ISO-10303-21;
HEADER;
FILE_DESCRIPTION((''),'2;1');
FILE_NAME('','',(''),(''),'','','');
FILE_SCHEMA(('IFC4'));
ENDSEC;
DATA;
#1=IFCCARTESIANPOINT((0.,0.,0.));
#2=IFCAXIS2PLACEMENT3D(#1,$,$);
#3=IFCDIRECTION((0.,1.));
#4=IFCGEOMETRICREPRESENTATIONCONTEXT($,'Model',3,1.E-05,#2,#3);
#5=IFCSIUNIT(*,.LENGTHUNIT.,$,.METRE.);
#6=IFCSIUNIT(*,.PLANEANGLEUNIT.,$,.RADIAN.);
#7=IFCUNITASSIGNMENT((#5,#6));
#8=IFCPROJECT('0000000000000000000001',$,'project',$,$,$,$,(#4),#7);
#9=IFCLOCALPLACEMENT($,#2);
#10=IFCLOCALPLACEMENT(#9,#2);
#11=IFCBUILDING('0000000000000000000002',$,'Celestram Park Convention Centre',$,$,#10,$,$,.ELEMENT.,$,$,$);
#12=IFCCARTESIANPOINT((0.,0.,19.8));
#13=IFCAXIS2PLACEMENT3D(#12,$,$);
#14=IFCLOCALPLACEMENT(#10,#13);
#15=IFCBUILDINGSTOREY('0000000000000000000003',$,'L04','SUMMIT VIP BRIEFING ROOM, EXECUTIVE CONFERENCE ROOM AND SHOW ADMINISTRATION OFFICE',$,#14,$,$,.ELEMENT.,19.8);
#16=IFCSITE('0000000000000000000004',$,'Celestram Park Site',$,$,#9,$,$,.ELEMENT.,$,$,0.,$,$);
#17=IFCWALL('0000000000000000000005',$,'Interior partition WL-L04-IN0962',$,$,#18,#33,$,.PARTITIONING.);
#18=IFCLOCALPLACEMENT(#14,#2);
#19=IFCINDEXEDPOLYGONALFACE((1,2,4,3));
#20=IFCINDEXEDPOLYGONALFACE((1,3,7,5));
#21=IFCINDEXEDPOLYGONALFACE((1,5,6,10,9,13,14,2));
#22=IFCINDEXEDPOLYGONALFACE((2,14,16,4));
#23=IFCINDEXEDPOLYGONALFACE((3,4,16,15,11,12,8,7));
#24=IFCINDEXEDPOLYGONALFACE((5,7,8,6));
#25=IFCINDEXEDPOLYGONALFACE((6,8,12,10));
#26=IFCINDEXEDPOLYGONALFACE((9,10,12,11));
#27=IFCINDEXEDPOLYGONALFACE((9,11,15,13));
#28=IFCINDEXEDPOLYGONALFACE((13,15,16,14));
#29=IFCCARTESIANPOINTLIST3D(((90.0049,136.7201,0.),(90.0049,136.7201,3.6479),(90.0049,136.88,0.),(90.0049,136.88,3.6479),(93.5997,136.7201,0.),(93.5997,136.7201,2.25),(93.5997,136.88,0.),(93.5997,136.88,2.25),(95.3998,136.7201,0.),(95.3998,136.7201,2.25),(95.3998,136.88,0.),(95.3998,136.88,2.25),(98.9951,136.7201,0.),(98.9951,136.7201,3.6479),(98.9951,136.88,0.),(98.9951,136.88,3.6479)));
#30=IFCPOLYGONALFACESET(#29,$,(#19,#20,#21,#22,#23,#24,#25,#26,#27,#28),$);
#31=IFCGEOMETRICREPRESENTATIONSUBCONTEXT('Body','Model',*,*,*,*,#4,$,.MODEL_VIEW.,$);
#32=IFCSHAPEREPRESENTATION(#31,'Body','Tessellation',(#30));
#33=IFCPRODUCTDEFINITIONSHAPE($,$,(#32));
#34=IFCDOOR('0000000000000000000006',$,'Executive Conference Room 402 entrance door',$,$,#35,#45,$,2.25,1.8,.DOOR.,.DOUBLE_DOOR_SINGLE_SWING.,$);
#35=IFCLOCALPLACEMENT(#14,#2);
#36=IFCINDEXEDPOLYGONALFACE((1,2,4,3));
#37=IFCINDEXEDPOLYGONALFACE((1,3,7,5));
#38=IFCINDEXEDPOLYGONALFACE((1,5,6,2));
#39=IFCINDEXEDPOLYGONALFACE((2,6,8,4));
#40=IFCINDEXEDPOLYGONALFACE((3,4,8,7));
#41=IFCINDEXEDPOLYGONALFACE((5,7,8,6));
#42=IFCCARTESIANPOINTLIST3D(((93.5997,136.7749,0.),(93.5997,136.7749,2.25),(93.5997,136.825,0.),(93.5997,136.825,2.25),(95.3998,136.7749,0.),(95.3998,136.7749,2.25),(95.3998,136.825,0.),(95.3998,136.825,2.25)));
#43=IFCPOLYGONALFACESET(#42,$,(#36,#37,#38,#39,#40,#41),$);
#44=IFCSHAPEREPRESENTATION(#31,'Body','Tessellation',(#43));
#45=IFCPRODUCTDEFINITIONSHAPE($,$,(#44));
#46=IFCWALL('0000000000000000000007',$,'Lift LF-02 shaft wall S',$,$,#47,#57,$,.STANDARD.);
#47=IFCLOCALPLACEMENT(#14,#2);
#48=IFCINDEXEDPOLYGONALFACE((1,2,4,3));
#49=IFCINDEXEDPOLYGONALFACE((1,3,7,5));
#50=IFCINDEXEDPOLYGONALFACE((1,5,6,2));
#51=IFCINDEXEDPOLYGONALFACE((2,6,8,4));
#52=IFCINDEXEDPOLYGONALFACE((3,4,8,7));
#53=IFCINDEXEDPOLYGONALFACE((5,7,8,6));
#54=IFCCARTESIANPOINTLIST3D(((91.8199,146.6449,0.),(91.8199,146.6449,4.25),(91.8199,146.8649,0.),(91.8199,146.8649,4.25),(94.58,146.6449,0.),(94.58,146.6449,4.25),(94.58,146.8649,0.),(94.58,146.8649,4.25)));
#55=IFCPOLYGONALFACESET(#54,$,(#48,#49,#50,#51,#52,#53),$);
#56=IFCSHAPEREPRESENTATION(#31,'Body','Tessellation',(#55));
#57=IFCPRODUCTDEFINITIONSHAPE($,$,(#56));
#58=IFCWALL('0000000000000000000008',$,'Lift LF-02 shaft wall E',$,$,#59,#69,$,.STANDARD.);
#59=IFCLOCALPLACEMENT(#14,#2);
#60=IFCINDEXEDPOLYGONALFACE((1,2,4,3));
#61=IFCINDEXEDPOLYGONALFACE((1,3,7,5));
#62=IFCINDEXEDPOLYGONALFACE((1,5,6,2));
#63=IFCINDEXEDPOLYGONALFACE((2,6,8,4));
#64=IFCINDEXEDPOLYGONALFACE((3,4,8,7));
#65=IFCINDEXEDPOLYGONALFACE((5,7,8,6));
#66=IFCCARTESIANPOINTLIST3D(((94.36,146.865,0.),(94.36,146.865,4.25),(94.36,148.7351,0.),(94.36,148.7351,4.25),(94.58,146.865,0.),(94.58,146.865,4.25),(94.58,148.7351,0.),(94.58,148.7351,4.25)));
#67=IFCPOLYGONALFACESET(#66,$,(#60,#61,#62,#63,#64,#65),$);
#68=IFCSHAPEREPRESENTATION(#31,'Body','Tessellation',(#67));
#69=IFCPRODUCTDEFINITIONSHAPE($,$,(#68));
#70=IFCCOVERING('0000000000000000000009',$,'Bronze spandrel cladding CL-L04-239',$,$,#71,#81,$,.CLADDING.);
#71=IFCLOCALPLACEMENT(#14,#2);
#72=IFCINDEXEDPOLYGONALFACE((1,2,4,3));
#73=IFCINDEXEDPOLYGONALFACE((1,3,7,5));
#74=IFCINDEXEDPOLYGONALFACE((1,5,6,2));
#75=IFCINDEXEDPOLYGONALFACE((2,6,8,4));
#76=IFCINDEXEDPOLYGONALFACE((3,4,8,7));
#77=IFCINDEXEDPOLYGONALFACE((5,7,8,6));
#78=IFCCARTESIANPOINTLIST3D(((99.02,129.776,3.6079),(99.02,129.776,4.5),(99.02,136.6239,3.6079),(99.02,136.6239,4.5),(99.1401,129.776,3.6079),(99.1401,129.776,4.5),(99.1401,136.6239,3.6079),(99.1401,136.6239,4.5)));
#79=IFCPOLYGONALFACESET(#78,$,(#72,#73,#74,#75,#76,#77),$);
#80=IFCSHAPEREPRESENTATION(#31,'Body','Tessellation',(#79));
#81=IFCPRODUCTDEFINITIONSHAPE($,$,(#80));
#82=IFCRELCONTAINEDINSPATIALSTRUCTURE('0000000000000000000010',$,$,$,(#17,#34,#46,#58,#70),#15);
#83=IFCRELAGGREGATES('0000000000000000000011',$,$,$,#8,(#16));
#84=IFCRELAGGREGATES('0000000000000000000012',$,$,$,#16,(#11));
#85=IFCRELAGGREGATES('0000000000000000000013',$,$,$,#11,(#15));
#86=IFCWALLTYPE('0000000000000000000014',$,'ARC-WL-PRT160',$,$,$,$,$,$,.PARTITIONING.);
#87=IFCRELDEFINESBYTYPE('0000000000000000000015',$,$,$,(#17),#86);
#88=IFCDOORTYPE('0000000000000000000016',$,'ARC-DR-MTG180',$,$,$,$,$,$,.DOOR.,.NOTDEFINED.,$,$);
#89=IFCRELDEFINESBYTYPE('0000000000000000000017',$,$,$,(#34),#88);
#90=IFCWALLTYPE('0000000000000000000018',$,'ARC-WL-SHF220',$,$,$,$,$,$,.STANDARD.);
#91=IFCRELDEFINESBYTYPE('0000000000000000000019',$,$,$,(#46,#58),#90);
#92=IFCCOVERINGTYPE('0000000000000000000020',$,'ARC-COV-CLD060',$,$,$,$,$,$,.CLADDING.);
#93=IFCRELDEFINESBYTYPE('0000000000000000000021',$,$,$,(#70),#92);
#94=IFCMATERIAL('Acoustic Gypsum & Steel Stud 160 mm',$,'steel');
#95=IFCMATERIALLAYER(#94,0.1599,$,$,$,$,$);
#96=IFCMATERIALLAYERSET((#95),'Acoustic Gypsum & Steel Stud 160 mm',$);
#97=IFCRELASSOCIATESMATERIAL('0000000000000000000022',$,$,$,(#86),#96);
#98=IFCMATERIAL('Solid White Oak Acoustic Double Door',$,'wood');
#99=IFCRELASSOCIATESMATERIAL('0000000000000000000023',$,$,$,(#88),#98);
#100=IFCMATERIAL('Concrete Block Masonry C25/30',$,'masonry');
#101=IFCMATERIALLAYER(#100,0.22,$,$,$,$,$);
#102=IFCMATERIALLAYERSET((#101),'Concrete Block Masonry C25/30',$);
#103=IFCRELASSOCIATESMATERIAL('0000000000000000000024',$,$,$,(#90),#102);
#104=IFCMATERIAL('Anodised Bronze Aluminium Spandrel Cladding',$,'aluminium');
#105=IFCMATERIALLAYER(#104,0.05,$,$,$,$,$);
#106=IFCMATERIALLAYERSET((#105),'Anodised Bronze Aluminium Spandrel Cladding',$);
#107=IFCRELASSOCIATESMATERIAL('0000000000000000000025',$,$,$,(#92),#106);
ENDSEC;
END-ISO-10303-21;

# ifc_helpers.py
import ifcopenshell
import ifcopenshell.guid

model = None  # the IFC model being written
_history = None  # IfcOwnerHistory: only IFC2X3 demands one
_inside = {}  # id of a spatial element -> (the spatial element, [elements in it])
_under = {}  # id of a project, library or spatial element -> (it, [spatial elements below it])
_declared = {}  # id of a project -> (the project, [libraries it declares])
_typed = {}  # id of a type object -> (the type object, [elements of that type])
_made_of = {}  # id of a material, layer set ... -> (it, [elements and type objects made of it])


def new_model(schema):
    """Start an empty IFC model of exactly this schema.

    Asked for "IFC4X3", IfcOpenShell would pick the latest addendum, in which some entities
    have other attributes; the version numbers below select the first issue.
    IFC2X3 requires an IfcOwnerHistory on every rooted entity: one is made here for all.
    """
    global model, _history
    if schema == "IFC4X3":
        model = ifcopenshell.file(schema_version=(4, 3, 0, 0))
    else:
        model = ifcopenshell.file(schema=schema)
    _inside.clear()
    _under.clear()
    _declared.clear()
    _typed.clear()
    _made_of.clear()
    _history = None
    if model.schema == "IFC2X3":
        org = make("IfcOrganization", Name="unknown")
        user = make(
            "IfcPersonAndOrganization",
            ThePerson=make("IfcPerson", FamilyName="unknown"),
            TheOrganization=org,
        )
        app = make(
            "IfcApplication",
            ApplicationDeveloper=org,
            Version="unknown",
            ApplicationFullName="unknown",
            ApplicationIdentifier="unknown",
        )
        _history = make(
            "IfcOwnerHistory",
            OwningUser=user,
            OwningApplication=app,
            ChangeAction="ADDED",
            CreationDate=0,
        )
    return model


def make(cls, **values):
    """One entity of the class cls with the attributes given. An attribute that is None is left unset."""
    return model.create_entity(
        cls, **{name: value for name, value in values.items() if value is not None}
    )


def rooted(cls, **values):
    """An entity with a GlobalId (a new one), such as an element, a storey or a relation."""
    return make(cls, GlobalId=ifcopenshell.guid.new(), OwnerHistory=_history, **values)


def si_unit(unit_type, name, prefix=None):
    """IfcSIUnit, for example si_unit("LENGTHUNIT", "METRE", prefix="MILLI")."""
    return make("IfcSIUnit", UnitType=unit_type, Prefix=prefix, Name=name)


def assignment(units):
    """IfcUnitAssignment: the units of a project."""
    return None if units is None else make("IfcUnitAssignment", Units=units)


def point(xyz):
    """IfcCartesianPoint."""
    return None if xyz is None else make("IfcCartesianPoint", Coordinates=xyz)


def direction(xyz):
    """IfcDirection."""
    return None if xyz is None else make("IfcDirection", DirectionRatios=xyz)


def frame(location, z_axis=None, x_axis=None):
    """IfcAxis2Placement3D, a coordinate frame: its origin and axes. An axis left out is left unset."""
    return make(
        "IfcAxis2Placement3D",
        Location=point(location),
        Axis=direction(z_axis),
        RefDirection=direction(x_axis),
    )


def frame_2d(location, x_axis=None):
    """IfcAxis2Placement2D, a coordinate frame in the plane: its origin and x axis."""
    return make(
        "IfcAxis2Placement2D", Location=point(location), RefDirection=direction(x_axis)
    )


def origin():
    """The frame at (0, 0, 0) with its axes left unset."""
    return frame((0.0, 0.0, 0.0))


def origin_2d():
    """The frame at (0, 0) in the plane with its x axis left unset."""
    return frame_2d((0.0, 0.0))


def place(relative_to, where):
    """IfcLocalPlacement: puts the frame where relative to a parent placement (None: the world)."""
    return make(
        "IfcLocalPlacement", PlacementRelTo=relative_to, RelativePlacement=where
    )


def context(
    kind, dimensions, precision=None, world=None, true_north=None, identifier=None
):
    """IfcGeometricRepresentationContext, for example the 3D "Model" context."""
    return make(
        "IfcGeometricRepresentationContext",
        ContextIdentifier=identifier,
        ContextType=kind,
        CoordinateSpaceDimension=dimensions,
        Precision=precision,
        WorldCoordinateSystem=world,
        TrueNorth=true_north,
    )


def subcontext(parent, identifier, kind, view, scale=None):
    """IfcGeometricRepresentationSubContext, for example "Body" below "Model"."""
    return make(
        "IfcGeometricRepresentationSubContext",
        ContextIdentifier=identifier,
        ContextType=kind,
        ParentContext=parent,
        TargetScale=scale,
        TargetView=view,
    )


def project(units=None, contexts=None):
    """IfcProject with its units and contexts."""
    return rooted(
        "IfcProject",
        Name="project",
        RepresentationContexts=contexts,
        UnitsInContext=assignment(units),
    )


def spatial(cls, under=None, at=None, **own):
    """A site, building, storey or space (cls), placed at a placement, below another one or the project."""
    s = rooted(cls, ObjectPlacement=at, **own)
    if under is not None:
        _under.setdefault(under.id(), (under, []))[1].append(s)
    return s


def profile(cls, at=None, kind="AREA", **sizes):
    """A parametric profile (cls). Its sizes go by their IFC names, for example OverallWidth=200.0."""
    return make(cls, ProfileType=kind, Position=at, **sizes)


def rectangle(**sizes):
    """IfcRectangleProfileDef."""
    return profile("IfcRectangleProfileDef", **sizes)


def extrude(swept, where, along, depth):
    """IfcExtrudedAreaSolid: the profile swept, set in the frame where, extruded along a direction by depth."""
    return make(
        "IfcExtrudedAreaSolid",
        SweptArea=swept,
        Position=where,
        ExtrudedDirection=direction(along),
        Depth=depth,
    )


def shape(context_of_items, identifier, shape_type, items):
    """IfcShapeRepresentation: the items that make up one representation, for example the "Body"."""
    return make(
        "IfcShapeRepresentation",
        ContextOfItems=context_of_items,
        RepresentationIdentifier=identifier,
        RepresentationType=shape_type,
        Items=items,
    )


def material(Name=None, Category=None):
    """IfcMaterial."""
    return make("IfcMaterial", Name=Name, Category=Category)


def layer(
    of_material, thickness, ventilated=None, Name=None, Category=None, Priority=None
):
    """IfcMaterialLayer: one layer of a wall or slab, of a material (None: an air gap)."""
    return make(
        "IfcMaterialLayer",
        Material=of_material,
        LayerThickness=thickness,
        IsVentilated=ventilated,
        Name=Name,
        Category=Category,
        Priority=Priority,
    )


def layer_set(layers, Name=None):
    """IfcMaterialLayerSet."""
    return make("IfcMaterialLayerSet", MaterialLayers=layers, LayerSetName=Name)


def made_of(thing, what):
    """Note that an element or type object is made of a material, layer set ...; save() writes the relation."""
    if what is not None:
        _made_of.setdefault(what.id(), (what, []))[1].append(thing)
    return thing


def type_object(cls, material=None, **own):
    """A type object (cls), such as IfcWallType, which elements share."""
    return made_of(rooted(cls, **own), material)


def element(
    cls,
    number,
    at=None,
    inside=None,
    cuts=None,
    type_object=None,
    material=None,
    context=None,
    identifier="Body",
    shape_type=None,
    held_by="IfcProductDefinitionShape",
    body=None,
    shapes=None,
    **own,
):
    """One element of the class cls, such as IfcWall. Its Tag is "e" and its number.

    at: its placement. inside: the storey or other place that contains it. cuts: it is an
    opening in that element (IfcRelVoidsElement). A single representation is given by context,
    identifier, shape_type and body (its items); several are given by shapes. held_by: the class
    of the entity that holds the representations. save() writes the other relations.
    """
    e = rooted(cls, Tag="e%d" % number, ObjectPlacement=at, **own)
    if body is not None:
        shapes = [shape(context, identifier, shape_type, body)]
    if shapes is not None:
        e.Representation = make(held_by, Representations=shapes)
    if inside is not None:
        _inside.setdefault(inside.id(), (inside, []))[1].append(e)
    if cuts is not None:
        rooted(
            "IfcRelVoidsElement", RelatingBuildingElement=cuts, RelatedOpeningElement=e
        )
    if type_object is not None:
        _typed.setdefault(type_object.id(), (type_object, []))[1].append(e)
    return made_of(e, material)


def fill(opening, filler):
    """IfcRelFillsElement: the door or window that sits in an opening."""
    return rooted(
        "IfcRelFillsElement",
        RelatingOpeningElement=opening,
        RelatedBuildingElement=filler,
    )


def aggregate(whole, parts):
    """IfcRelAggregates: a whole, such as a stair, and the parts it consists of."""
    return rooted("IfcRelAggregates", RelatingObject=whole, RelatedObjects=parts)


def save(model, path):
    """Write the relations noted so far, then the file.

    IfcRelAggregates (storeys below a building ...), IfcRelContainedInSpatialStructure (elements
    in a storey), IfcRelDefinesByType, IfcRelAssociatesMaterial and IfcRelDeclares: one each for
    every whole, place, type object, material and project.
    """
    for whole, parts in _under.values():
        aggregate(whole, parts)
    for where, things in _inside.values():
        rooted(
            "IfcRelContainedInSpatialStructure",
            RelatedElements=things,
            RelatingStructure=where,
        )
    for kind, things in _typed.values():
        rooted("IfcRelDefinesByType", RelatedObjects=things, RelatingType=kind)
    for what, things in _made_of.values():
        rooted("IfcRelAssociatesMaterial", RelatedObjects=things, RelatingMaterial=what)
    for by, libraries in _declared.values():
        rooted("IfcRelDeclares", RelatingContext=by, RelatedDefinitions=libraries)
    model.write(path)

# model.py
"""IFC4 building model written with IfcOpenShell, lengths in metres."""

from ifc_helpers import new_model, si_unit, direction, frame, frame_2d, origin, origin_2d, place, context, subcontext, project, spatial, rectangle, extrude, material, layer, layer_set, type_object, element, fill, save


model = new_model("IFC4")

# Units and contexts
model_context = context("Model", 3, precision=1e-05, world=origin(), true_north=direction((0.0, 1.0)))
body_context = subcontext(model_context, "Body", "Model", "MODEL_VIEW")
ifc_project = project(units=[si_unit("LENGTHUNIT", "METRE"), si_unit("PLANEANGLEUNIT", "RADIAN")], contexts=[model_context])

# Site, building, storey
site_placement = place(None, origin())
site = spatial("IfcSite", under=ifc_project, at=site_placement, Name="Celestram Park Site", CompositionType="ELEMENT", RefElevation=0.0)
building_placement = place(site_placement, origin())
building = spatial("IfcBuilding", under=site, at=building_placement, Name="Celestram Park Convention Centre", CompositionType="ELEMENT")
storey_placement = place(building_placement, frame((0.0, 0.0, 19.8)))
storey = spatial("IfcBuildingStorey", under=building, at=storey_placement, Name="L04", Description="SUMMIT VIP BRIEFING ROOM, EXECUTIVE CONFERENCE ROOM AND SHOW ADMINISTRATION OFFICE", CompositionType="ELEMENT", Elevation=19.8)

# Shared definitions
ifc_material_1 = material(Name="Concrete Block Masonry C25/30", Category="masonry")

# Wall, opening, door
ifc_material_2 = material(Name="Acoustic Gypsum & Steel Stud 160 mm", Category="steel")
ifc_layer_1 = layer(ifc_material_2, 0.1599)
ifc_layer_set_1 = layer_set([ifc_layer_1], Name="Acoustic Gypsum & Steel Stud 160 mm")
wall_type_1 = type_object("IfcWallType", Name="ARC-WL-PRT160", PredefinedType="PARTITIONING", material=ifc_layer_set_1)
wall_1_placement = place(storey_placement, frame((90.0049, 136.8, 0.0), z_axis=(0.0, 0.0, 1.0), x_axis=(1.0, 0.0, 0.0)))
wall_1 = element("IfcWall", 1, at=wall_1_placement, inside=storey, type_object=wall_type_1, Name="Interior partition WL-L04-IN0962", PredefinedType="PARTITIONING", context=body_context, shape_type="SweptSolid", body=[
    extrude(rectangle(XDim=8.9902, YDim=0.1599, at=frame_2d((4.4951, 0.0))), origin(), (0.0, 0.0, 1.0), 3.6479),
])
opening_1_placement = place(wall_1_placement, frame((3.595, 0.0, 0.0)))
opening_1 = element("IfcOpeningElement", 2, at=opening_1_placement, cuts=wall_1, PredefinedType="OPENING", context=body_context, shape_type="SweptSolid", body=[
    extrude(rectangle(XDim=1.8, YDim=2.25, at=frame_2d((0.8999, 1.125))), frame((0.0, 0.0898, 0.0), z_axis=(0.0, -1.0, 0.0), x_axis=(1.0, 0.0, 0.0)), (0.0, 0.0, 1.0), 0.1799),
])
ifc_material_3 = material(Name="Solid White Oak Acoustic Double Door", Category="wood")
door_type_1 = type_object("IfcDoorType", Name="ARC-DR-MTG180", OperationType="NOTDEFINED", PredefinedType="DOOR", material=ifc_material_3)
door_1_placement = place(opening_1_placement, origin())
door_1 = element("IfcDoor", 3, at=door_1_placement, inside=storey, type_object=door_type_1, Name="Executive Conference Room 402 entrance door", OperationType="DOUBLE_DOOR_SINGLE_SWING", OverallHeight=2.25, OverallWidth=1.8, PredefinedType="DOOR", context=body_context, shape_type="SweptSolid", body=[
    extrude(rectangle(XDim=1.8, YDim=2.25, at=frame_2d((0.8999, 1.125))), frame((0.0, 0.0249, 0.0), z_axis=(0.0, -1.0, 0.0), x_axis=(1.0, 0.0, 0.0)), (0.0, 0.0, 1.0), 0.05),
])
fill(opening_1, door_1)

# Walls
ifc_layer_2 = layer(ifc_material_1, 0.22)
ifc_layer_set_2 = layer_set([ifc_layer_2], Name="Concrete Block Masonry C25/30")
wall_type_2 = type_object("IfcWallType", Name="ARC-WL-SHF220", PredefinedType="STANDARD", material=ifc_layer_set_2)
wall_2_placement = place(storey_placement, frame((91.8201, 146.7549, 0.0), z_axis=(0.0, 0.0, 1.0), x_axis=(1.0, 0.0, 0.0)))
element("IfcWall", 4, at=wall_2_placement, inside=storey, type_object=wall_type_2, Name="Lift LF-02 shaft wall S", PredefinedType="STANDARD", context=body_context, shape_type="SweptSolid", body=[
    extrude(rectangle(XDim=2.76, YDim=0.22, at=frame_2d((1.3799, 0.0))), origin(), (0.0, 0.0, 1.0), 4.25),
])
wall_3_placement = place(storey_placement, frame((94.47, 146.865, 0.0), z_axis=(0.0, 0.0, 1.0), x_axis=(0.0, 1.0, 0.0)))
element("IfcWall", 5, at=wall_3_placement, inside=storey, type_object=wall_type_2, Name="Lift LF-02 shaft wall E", PredefinedType="STANDARD", context=body_context, shape_type="SweptSolid", body=[
    extrude(rectangle(XDim=1.8701, YDim=0.22, at=frame_2d((0.9351, 0.0))), origin(), (0.0, 0.0, 1.0), 4.25),
])

# Covering
ifc_material_4 = material(Name="Anodised Bronze Aluminium Spandrel Cladding", Category="aluminium")
ifc_layer_3 = layer(ifc_material_4, 0.05)
ifc_layer_set_3 = layer_set([ifc_layer_3], Name="Anodised Bronze Aluminium Spandrel Cladding")
covering_type = type_object("IfcCoveringType", Name="ARC-COV-CLD060", PredefinedType="CLADDING", material=ifc_layer_set_3)
covering_placement = place(storey_placement, frame((99.0801, 133.2, 3.6079), z_axis=(0.0, 0.0, 1.0), x_axis=(0.0, -1.0, 0.0)))
element("IfcCovering", 6, at=covering_placement, inside=storey, type_object=covering_type, Name="Bronze spandrel cladding CL-L04-239", PredefinedType="CLADDING", context=body_context, shape_type="SweptSolid", body=[
    extrude(rectangle(XDim=6.8479, YDim=0.1201, at=origin_2d()), origin(), (0.0, 0.0, 1.0), 0.8921),
])

save(model, "model.ifc")
